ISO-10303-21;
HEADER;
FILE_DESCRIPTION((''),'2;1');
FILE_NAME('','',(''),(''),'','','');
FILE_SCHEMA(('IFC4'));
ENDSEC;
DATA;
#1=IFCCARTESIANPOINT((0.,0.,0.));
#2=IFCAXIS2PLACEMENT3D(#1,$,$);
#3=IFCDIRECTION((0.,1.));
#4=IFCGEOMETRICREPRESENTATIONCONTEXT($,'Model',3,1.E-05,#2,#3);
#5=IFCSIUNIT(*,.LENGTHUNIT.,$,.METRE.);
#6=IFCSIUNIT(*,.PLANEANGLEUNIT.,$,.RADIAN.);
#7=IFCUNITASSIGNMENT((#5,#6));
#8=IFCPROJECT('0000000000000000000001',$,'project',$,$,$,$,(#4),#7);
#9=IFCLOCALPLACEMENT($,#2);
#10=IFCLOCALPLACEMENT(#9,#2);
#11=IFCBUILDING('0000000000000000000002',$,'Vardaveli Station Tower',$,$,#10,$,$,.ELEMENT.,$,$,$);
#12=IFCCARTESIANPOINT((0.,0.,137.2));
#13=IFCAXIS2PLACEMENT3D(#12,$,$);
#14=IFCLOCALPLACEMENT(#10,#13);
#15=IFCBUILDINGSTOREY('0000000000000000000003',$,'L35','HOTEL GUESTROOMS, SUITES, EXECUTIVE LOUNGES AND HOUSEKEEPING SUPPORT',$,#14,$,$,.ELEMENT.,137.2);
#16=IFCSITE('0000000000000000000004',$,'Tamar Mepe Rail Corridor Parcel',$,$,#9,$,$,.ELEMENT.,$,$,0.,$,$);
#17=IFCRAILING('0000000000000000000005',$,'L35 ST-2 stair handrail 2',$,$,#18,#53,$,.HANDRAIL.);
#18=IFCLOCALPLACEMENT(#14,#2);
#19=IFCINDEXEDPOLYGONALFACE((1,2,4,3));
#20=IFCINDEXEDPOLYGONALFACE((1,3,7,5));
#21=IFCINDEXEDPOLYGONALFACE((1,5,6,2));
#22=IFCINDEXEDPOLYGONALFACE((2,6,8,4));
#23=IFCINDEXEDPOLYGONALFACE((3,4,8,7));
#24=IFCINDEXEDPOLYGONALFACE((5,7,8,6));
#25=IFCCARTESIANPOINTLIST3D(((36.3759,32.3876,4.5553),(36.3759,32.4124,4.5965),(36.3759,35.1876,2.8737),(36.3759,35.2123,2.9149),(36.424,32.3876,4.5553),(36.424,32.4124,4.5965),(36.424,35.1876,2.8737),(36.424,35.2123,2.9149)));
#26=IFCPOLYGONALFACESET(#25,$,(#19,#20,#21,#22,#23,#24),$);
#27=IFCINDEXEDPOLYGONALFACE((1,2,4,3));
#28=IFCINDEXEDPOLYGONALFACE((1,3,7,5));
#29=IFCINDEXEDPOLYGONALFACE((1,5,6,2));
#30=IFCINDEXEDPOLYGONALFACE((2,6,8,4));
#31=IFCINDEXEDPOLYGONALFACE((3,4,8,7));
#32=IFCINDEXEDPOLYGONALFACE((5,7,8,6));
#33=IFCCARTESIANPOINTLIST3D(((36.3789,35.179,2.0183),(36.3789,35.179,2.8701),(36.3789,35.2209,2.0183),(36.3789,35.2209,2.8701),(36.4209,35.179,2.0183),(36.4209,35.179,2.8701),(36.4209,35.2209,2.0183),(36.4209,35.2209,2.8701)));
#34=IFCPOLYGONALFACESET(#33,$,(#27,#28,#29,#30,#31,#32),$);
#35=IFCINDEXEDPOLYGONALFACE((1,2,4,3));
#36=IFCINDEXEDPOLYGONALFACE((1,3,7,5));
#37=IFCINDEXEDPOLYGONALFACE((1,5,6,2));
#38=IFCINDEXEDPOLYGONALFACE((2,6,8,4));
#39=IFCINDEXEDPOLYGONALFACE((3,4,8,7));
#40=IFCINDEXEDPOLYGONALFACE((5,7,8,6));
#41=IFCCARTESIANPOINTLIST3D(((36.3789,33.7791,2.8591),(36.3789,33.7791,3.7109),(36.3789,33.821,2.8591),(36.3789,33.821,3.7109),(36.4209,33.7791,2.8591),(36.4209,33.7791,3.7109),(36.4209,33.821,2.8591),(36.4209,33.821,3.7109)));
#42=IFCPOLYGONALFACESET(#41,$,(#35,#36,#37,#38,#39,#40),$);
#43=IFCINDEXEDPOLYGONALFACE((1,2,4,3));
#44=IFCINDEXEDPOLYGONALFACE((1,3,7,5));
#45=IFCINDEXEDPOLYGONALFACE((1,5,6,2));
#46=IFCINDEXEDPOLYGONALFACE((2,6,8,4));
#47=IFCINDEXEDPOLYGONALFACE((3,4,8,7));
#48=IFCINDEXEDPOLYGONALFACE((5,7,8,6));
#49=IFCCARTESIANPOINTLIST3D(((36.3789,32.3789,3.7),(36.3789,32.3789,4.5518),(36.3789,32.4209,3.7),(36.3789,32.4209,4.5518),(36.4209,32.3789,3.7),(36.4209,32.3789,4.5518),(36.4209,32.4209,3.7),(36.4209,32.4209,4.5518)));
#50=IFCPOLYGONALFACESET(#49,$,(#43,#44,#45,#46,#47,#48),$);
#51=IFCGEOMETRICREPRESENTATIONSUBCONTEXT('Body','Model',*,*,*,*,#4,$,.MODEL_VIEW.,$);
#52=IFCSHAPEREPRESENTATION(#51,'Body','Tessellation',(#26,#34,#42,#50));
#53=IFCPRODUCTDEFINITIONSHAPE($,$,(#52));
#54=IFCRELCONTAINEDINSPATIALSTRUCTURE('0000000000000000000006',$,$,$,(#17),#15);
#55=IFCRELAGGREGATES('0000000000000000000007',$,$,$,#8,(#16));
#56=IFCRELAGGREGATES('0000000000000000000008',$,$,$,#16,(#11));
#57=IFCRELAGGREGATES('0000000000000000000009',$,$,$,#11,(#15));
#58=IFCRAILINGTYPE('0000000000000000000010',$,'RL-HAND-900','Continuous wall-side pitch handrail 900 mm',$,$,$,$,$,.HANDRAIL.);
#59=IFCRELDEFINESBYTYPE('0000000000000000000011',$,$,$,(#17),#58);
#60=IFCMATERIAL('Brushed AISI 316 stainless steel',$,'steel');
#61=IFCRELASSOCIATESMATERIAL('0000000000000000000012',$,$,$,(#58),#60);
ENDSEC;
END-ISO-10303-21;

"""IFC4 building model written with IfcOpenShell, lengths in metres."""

from ifc_helpers import new_model, si_unit, direction, frame, origin, origin_2d, place, context, subcontext, project, spatial, rectangle, extrude, source, transform, mapped, material, type_object, element, save


model = new_model("IFC4")

# Units and contexts
model_context = context("Model", 3, precision=1e-05, world=origin(), true_north=direction((0.0, 1.0)))
body_context = subcontext(model_context, "Body", "Model", "MODEL_VIEW")
ifc_project = project(units=[si_unit("LENGTHUNIT", "METRE"), si_unit("PLANEANGLEUNIT", "RADIAN")], contexts=[model_context])

# Site, building, storey
site_placement = place(None, origin())
site = spatial("IfcSite", under=ifc_project, at=site_placement, Name="Tamar Mepe Rail Corridor Parcel", CompositionType="ELEMENT", RefElevation=0.0)
building_placement = place(site_placement, origin())
building = spatial("IfcBuilding", under=site, at=building_placement, Name="Vardaveli Station Tower", CompositionType="ELEMENT")
storey_placement = place(building_placement, frame((0.0, 0.0, 137.2)))
storey = spatial("IfcBuildingStorey", under=building, at=storey_placement, Name="L35", Description="HOTEL GUESTROOMS, SUITES, EXECUTIVE LOUNGES AND HOUSEKEEPING SUPPORT", CompositionType="ELEMENT", Elevation=137.2)

# Railing
ifc_material_1 = material(Name="Brushed AISI 316 stainless steel", Category="steel")
railing_type_1 = type_object("IfcRailingType", Name="RL-HAND-900", Description="Continuous wall-side pitch handrail 900 mm", PredefinedType="HANDRAIL", material=ifc_material_1)
shared_shape_1 = source(origin(), body_context, "Body", "SweptSolid", [
    extrude(rectangle(XDim=0.0481, YDim=0.0481, at=origin_2d()), frame((0.0, 0.0, 0.876), z_axis=(0.0, -0.857275, 0.514858), x_axis=(1.0, 0.0, 0.0)), (0.0, 0.0, 1.0), 3.2661),
    extrude(rectangle(XDim=0.042, YDim=0.042, at=origin_2d()), origin(), (0.0, 0.0, 1.0), 0.8518),
    extrude(rectangle(XDim=0.042, YDim=0.042, at=origin_2d()), frame((0.0, -1.3999, 0.8408)), (0.0, 0.0, 1.0), 0.8518),
    extrude(rectangle(XDim=0.042, YDim=0.042, at=origin_2d()), frame((0.0, -2.8, 1.6816)), (0.0, 0.0, 1.0), 0.8518),
])
railing_1_placement = place(storey_placement, frame((36.3999, 35.2, 2.0183)))
element("IfcRailing", 1, at=railing_1_placement, inside=storey, type_object=railing_type_1, Name="L35 ST-2 stair handrail 2", PredefinedType="HANDRAIL", context=body_context, shape_type="MappedRepresentation", body=[
    mapped(shared_shape_1, transform((0.0, 0.0, 0.0), scale=1.0)),
])

save(model, "model.ifc")
